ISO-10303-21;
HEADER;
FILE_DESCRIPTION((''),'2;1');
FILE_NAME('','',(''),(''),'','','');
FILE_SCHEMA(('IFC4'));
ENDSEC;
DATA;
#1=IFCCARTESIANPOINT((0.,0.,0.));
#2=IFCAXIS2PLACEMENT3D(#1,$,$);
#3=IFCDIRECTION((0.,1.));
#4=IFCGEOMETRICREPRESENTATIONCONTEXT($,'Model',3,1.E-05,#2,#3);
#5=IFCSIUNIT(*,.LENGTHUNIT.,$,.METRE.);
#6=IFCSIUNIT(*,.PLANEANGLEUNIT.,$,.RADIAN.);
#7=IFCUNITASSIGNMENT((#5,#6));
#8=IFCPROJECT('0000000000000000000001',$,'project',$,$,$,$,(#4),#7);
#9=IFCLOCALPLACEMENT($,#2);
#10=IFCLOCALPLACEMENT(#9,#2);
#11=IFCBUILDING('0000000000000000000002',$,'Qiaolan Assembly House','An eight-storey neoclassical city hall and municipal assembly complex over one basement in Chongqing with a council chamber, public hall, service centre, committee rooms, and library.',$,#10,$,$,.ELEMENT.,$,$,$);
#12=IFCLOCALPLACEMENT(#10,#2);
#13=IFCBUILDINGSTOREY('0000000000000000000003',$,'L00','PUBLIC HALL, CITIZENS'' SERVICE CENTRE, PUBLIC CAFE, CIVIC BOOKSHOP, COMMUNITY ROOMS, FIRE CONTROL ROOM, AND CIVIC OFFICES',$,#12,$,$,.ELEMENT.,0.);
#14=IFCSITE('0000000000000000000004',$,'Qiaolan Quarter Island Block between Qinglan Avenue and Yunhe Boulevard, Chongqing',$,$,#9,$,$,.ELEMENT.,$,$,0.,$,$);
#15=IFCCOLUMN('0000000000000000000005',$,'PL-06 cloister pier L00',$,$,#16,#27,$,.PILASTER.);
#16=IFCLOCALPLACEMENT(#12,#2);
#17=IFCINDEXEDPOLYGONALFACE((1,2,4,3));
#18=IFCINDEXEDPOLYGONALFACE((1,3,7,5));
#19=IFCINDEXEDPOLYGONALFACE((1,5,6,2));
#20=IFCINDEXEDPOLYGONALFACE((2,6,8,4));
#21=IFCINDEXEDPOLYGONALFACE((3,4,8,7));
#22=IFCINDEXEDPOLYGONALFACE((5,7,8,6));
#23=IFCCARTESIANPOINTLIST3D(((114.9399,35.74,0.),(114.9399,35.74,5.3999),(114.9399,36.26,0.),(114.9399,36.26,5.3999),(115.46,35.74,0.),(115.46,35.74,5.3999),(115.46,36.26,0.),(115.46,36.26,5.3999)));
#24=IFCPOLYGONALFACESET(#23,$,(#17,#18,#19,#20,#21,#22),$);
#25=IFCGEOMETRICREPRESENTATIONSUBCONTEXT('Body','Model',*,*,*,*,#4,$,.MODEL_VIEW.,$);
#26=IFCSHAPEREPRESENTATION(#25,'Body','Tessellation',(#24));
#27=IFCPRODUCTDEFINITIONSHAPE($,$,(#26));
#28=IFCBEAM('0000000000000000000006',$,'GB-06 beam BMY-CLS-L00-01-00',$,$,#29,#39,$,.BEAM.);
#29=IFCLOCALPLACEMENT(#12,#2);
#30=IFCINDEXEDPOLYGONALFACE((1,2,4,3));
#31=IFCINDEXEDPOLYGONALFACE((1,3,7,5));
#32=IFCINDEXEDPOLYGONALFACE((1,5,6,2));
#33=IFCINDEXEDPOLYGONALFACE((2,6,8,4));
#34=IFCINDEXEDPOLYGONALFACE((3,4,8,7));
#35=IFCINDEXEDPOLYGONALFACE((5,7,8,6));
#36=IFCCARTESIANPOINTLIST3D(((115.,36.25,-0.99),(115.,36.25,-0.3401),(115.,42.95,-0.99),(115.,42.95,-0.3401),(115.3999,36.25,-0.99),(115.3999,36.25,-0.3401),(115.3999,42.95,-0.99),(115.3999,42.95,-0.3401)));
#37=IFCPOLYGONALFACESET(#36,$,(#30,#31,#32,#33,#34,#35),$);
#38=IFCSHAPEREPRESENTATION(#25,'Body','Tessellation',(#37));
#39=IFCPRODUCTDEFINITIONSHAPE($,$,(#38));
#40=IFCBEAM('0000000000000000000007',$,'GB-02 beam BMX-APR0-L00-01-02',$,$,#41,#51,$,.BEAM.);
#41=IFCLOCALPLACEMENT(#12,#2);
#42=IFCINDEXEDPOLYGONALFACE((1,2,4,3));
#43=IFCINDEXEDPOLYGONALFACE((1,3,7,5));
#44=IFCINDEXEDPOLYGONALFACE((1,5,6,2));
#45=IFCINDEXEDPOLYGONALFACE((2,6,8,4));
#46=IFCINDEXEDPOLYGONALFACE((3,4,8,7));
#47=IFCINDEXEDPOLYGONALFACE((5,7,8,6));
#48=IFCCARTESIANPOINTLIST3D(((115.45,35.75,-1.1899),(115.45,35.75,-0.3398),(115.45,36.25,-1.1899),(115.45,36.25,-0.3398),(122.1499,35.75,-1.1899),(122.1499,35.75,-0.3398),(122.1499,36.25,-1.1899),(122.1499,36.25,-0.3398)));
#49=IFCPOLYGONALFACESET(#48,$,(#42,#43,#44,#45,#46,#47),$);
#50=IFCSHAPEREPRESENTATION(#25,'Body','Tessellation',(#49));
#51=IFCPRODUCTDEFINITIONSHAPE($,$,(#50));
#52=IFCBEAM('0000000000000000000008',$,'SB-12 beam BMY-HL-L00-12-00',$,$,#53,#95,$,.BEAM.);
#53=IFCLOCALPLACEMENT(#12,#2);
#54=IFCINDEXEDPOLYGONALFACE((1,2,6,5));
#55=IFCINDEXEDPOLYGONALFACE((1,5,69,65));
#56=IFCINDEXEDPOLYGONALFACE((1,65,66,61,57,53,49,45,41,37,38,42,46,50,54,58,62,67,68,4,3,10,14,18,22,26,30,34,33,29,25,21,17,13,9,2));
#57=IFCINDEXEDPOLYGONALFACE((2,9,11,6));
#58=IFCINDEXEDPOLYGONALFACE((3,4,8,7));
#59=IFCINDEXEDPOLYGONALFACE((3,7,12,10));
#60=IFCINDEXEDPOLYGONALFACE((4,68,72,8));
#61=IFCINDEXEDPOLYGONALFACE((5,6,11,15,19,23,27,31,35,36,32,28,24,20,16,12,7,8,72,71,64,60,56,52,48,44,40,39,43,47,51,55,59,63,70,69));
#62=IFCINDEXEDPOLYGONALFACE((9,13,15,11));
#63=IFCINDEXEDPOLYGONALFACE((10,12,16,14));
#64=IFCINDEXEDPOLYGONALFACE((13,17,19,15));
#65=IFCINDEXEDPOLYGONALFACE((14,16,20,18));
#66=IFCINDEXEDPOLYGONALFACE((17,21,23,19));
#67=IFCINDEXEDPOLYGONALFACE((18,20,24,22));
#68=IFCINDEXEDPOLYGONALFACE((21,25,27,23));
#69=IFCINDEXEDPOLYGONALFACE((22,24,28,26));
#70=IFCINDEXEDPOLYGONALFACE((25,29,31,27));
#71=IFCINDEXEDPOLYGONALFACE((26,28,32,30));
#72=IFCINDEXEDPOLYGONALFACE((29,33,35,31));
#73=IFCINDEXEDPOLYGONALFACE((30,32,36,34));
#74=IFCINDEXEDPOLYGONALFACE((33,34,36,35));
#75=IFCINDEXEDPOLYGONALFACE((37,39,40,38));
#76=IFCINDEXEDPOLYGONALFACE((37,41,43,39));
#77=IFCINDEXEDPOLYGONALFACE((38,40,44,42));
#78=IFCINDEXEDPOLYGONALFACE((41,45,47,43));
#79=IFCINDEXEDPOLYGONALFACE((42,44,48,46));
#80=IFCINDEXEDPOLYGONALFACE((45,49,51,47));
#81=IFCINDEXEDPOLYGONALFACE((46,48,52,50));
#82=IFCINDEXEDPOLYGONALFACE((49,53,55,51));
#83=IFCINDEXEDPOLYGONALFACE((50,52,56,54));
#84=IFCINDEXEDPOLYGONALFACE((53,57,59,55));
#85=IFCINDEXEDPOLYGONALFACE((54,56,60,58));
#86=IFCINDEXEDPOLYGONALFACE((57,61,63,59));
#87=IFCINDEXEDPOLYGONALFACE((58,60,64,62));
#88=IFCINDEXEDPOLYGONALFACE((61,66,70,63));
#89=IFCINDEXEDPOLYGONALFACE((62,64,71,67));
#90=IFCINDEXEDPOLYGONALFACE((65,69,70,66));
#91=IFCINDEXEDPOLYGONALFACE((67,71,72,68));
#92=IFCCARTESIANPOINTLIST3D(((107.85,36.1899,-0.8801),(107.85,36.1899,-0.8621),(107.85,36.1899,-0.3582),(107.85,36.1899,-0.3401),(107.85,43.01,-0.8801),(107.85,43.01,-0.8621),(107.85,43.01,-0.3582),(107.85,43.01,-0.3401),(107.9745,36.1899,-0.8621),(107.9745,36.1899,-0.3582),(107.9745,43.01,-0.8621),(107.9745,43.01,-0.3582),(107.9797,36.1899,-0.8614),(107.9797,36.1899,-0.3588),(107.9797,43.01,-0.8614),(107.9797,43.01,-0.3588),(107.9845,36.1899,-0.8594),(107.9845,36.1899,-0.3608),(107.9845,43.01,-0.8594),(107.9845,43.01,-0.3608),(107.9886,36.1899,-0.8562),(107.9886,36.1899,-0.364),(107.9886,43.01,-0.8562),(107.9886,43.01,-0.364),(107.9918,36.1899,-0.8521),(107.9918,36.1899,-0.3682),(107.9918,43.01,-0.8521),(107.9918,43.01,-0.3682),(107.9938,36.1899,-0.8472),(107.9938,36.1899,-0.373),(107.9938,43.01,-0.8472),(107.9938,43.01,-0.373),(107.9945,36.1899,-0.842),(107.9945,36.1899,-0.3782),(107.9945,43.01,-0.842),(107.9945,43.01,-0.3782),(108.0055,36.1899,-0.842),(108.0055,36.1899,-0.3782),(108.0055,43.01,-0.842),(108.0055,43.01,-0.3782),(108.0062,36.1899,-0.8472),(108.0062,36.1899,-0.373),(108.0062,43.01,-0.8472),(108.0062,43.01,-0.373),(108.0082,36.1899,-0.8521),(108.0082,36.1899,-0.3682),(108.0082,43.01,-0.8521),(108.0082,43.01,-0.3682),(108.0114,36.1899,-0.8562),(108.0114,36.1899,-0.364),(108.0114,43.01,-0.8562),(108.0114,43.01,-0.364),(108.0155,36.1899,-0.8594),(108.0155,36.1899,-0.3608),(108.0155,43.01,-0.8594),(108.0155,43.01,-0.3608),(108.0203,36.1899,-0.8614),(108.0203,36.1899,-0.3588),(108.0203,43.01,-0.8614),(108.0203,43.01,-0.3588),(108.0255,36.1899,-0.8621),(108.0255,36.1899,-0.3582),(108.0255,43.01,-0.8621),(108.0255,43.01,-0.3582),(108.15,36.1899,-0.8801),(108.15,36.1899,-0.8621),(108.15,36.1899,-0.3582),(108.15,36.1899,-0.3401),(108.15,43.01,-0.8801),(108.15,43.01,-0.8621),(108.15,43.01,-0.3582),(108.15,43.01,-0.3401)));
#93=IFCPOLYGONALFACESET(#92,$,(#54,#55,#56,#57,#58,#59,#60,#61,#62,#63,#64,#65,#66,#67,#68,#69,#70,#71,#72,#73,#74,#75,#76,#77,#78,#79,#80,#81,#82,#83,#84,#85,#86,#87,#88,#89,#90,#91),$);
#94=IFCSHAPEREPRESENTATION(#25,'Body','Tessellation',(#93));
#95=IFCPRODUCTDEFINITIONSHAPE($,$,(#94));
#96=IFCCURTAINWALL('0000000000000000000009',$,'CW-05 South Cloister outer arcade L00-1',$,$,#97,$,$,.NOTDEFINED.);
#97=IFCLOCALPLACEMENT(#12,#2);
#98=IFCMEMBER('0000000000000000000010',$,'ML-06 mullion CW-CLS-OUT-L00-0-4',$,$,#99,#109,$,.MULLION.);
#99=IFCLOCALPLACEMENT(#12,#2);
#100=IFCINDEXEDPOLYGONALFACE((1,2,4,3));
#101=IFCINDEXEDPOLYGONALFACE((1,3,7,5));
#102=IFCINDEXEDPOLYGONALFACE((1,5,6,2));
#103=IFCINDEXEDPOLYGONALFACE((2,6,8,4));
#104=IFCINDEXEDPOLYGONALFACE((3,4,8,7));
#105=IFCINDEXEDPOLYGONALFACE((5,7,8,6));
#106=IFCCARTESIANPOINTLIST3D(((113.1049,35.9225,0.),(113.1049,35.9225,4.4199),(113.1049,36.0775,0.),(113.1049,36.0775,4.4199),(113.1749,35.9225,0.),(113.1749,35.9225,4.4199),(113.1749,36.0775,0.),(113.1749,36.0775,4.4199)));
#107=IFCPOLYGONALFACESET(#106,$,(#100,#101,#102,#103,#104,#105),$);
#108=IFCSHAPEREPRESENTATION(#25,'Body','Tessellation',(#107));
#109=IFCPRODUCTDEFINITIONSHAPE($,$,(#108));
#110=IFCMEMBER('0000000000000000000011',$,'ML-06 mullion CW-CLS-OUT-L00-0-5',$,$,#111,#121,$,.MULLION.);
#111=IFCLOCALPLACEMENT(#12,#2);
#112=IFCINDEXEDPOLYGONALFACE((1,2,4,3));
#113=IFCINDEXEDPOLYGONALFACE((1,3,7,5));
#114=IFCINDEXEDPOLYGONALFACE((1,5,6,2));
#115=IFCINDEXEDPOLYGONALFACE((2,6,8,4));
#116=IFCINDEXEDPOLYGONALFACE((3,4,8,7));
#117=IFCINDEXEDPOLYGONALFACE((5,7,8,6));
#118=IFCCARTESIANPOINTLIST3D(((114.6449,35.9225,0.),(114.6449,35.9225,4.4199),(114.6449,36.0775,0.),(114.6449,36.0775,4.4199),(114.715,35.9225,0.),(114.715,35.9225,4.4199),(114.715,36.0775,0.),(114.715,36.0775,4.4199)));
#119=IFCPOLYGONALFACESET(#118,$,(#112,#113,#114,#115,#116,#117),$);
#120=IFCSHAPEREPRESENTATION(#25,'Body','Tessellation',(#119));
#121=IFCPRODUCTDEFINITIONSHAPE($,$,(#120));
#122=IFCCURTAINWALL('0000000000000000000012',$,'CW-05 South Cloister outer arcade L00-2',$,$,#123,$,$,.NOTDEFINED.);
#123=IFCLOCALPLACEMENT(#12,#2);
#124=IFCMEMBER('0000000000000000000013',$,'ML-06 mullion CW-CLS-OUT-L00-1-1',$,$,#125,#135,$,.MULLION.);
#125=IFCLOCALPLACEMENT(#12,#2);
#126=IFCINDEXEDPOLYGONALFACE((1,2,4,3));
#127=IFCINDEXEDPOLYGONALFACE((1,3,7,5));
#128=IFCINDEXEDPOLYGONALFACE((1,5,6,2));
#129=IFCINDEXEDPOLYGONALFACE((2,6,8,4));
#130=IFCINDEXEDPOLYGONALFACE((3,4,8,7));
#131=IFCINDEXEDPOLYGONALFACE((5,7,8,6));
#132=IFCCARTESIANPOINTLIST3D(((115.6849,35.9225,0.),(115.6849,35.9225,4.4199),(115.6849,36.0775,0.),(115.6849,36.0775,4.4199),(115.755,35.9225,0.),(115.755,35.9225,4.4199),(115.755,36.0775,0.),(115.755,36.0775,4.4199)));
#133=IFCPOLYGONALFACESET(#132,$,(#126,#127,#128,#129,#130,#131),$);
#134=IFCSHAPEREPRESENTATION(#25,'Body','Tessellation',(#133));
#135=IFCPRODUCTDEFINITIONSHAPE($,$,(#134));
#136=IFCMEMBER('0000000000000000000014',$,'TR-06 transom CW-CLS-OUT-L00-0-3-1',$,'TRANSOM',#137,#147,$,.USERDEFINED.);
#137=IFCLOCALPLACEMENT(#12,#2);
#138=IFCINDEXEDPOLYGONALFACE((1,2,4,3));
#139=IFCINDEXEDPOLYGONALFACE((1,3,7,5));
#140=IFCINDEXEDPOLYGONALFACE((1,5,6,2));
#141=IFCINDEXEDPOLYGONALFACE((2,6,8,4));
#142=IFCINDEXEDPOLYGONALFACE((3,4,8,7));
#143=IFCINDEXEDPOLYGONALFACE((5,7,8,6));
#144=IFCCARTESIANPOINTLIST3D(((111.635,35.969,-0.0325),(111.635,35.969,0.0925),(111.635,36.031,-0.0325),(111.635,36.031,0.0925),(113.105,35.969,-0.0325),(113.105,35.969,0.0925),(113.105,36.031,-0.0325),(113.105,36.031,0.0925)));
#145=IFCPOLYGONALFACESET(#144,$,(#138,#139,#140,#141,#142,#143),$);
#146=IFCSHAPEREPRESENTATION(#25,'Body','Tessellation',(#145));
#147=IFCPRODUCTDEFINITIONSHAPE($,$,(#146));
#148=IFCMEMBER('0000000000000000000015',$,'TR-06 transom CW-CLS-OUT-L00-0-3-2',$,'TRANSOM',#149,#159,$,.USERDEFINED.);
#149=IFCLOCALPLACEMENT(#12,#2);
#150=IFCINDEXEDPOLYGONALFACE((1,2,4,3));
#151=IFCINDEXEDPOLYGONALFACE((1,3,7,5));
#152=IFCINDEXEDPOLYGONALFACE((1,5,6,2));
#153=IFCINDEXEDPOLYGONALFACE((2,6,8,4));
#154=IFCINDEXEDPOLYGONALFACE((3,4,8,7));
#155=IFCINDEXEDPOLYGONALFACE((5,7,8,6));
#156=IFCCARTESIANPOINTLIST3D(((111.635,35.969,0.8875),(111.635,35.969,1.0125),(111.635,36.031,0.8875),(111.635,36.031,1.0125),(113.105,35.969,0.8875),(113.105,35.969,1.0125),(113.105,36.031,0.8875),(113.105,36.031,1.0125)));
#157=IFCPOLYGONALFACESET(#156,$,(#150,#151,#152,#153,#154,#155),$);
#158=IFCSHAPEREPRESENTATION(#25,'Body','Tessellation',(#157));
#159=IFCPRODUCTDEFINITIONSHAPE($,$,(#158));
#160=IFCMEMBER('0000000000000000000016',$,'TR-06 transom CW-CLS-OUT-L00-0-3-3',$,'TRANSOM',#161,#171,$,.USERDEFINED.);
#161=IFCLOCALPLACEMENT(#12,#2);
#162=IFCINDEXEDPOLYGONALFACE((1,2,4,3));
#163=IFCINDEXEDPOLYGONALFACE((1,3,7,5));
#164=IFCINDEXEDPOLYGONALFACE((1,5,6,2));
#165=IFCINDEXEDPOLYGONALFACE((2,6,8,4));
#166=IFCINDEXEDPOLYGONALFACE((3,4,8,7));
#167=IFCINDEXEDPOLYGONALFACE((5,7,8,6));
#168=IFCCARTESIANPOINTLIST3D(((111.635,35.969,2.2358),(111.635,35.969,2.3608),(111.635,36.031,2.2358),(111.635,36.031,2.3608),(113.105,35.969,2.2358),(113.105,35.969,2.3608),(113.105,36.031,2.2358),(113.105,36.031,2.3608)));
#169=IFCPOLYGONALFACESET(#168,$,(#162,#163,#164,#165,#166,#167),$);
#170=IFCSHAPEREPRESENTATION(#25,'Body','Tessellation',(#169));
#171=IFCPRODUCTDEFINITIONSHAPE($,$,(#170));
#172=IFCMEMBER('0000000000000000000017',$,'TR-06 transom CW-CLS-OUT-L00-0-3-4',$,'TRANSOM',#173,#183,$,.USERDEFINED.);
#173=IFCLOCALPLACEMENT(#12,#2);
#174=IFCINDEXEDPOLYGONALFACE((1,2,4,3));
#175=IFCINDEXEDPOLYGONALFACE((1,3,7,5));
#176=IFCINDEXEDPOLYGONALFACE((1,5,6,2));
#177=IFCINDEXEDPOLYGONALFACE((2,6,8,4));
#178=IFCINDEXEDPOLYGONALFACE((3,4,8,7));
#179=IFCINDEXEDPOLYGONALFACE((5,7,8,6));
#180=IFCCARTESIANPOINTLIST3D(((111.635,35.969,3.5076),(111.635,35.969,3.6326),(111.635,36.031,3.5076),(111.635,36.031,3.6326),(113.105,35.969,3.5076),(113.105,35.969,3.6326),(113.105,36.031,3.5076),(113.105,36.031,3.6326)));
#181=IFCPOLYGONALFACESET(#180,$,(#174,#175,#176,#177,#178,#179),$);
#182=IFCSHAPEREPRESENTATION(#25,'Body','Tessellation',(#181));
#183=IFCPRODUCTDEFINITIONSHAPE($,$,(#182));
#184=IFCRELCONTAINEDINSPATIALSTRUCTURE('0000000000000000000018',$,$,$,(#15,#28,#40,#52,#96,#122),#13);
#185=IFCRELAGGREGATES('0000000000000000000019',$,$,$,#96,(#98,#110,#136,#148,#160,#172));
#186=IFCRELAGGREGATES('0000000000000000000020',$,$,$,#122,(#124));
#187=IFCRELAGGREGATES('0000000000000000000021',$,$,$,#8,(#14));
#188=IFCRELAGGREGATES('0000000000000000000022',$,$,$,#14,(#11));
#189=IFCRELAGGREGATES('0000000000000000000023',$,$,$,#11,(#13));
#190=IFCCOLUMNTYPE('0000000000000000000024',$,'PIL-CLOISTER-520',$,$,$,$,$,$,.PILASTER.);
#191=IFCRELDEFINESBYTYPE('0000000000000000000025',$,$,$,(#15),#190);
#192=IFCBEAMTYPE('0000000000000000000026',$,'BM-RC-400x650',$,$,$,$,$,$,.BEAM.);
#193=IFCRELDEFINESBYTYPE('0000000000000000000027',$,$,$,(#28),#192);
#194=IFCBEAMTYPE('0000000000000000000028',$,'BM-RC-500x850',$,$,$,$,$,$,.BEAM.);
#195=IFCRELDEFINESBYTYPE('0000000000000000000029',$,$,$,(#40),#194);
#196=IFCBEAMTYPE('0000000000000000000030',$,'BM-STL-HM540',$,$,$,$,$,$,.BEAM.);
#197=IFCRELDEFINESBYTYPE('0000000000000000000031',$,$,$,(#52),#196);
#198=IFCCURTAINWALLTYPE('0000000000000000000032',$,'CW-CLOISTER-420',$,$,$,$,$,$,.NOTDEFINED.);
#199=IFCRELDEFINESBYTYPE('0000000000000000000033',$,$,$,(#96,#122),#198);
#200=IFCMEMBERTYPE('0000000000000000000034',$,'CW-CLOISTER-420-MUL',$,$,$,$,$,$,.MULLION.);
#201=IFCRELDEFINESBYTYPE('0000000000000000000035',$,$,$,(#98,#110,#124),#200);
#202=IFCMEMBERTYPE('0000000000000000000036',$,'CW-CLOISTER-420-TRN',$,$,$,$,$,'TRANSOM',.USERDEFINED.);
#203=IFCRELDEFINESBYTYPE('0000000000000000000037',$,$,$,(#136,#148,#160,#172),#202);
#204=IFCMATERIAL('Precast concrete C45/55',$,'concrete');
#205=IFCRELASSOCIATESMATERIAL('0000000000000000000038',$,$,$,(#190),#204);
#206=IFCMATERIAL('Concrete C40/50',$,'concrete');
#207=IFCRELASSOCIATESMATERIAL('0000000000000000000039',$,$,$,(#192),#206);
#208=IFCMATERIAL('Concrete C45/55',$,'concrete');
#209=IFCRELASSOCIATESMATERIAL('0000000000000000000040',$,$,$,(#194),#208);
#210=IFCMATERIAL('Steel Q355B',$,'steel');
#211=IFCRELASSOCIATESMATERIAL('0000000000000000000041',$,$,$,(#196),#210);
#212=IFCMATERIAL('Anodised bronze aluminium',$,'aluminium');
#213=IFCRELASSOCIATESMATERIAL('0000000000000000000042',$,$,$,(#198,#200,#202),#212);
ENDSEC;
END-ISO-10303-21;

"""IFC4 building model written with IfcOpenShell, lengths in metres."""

from ifc_helpers import new_model, si_unit, direction, frame, origin, origin_2d, place, context, subcontext, project, spatial, rectangle, i_section, extrude, material, material_profile, profile_set, type_object, element, aggregate, save


model = new_model("IFC4")

# Units and contexts
model_context = context("Model", 3, precision=1e-05, world=origin(), true_north=direction((0.0, 1.0)))
body_context = subcontext(model_context, "Body", "Model", "MODEL_VIEW")
ifc_project = project(units=[si_unit("LENGTHUNIT", "METRE"), si_unit("PLANEANGLEUNIT", "RADIAN")], contexts=[model_context])

# Site, building, storey
site_placement = place(None, origin())
site = spatial("IfcSite", under=ifc_project, at=site_placement, Name="Qiaolan Quarter Island Block between Qinglan Avenue and Yunhe Boulevard, Chongqing", CompositionType="ELEMENT", RefElevation=0.0)
building_placement = place(site_placement, origin())
building = spatial("IfcBuilding", under=site, at=building_placement, Name="Qiaolan Assembly House", Description="An eight-storey neoclassical city hall and municipal assembly complex over one basement in Chongqing with a council chamber, public hall, service centre, committee rooms, and library.", CompositionType="ELEMENT")
storey_placement = place(building_placement, origin())
storey = spatial("IfcBuildingStorey", under=building, at=storey_placement, Name="L00", Description="PUBLIC HALL, CITIZENS' SERVICE CENTRE, PUBLIC CAFE, CIVIC BOOKSHOP, COMMUNITY ROOMS, FIRE CONTROL ROOM, AND CIVIC OFFICES", CompositionType="ELEMENT", Elevation=0.0)

# Column
ifc_material_1 = material(Name="Precast concrete C45/55", Category="concrete")
ifc_material_profile_1 = material_profile(ifc_material_1, rectangle(XDim=0.52, YDim=0.52, at=origin_2d()), Name="PIL 520x520")
ifc_profile_set_1 = profile_set([ifc_material_profile_1], Name="Precast concrete C45/55")
column_type = type_object("IfcColumnType", Name="PIL-CLOISTER-520", PredefinedType="PILASTER", material=ifc_profile_set_1)
column_placement = place(storey_placement, frame((115.2, 36.0, 0.0), z_axis=(0.0, 0.0, 1.0), x_axis=(1.0, 0.0, 0.0)))
element("IfcColumn", 1, at=column_placement, inside=storey, type_object=column_type, Name="PL-06 cloister pier L00", PredefinedType="PILASTER", context=body_context, shape_type="SweptSolid", body=[
    extrude(rectangle(XDim=0.52, YDim=0.52, at=origin_2d()), origin(), (0.0, 0.0, 1.0), 5.3999),
])

# Beams
ifc_material_2 = material(Name="Concrete C40/50", Category="concrete")
ifc_material_profile_2 = material_profile(ifc_material_2, rectangle(XDim=0.3999, YDim=0.6499, at=origin_2d()), Name="RCB 400x650")
ifc_profile_set_2 = profile_set([ifc_material_profile_2], Name="Concrete C40/50")
beam_type_1 = type_object("IfcBeamType", Name="BM-RC-400x650", PredefinedType="BEAM", material=ifc_profile_set_2)
beam_1_placement = place(storey_placement, frame((115.2, 36.25, -0.665), z_axis=(0.0, 1.0, 0.0), x_axis=(-1.0, 0.0, 0.0)))
element("IfcBeam", 2, at=beam_1_placement, inside=storey, type_object=beam_type_1, Name="GB-06 beam BMY-CLS-L00-01-00", PredefinedType="BEAM", context=body_context, shape_type="SweptSolid", body=[
    extrude(rectangle(XDim=0.3999, YDim=0.6499, at=origin_2d()), origin(), (0.0, 0.0, 1.0), 6.7),
])
ifc_material_3 = material(Name="Concrete C45/55", Category="concrete")
ifc_material_profile_3 = material_profile(ifc_material_3, rectangle(XDim=0.5, YDim=0.8501, at=origin_2d()), Name="RCB 500x850")
ifc_profile_set_3 = profile_set([ifc_material_profile_3], Name="Concrete C45/55")
beam_type_2 = type_object("IfcBeamType", Name="BM-RC-500x850", PredefinedType="BEAM", material=ifc_profile_set_3)
beam_2_placement = place(storey_placement, frame((115.45, 36.0, -0.7649), z_axis=(1.0, 0.0, 0.0), x_axis=(0.0, 1.0, 0.0)))
element("IfcBeam", 3, at=beam_2_placement, inside=storey, type_object=beam_type_2, Name="GB-02 beam BMX-APR0-L00-01-02", PredefinedType="BEAM", context=body_context, shape_type="SweptSolid", body=[
    extrude(rectangle(XDim=0.5, YDim=0.8501, at=origin_2d()), origin(), (0.0, 0.0, 1.0), 6.7),
])
ifc_material_4 = material(Name="Steel Q355B", Category="steel")
ifc_material_profile_4 = material_profile(ifc_material_4, i_section(OverallWidth=0.3, OverallDepth=0.54, WebThickness=0.011, FlangeThickness=0.0181, FilletRadius=0.02, at=origin_2d()), Name="HM 540x300x11x18")
ifc_profile_set_4 = profile_set([ifc_material_profile_4], Name="Steel Q355B")
beam_type_3 = type_object("IfcBeamType", Name="BM-STL-HM540", PredefinedType="BEAM", material=ifc_profile_set_4)
beam_3_placement = place(storey_placement, frame((108.0, 36.1899, -0.6101), z_axis=(0.0, 1.0, 0.0), x_axis=(-1.0, 0.0, 0.0)))
element("IfcBeam", 4, at=beam_3_placement, inside=storey, type_object=beam_type_3, Name="SB-12 beam BMY-HL-L00-12-00", PredefinedType="BEAM", context=body_context, shape_type="SweptSolid", body=[
    extrude(i_section(OverallWidth=0.3, OverallDepth=0.54, WebThickness=0.011, FlangeThickness=0.0181, FilletRadius=0.02, at=origin_2d()), origin(), (0.0, 0.0, 1.0), 6.8201),
])

# Curtain wall, members
ifc_material_5 = material(Name="Anodised bronze aluminium", Category="aluminium")
curtain_wall_type = type_object("IfcCurtainWallType", Name="CW-CLOISTER-420", PredefinedType="NOTDEFINED", material=ifc_material_5)
curtain_wall_1_placement = place(storey_placement, origin())
curtain_wall_1 = element("IfcCurtainWall", 5, at=curtain_wall_1_placement, inside=storey, type_object=curtain_wall_type, Name="CW-05 South Cloister outer arcade L00-1", PredefinedType="NOTDEFINED")
ifc_material_profile_5 = material_profile(ifc_material_5, rectangle(XDim=0.0701, YDim=0.155, at=origin_2d()), Name="MUL 70x155")
ifc_profile_set_5 = profile_set([ifc_material_profile_5], Name="Anodised bronze aluminium")
member_type_1 = type_object("IfcMemberType", Name="CW-CLOISTER-420-MUL", PredefinedType="MULLION", material=ifc_profile_set_5)
member_1_placement = place(storey_placement, frame((113.1399, 36.0, 0.0), z_axis=(0.0, 0.0, 1.0), x_axis=(1.0, 0.0, 0.0)))
member_1 = element("IfcMember", 6, at=member_1_placement, type_object=member_type_1, Name="ML-06 mullion CW-CLS-OUT-L00-0-4", PredefinedType="MULLION", context=body_context, shape_type="SweptSolid", body=[
    extrude(rectangle(XDim=0.0701, YDim=0.155, at=origin_2d()), origin(), (0.0, 0.0, 1.0), 4.4199),
])
member_2_placement = place(storey_placement, frame((114.6799, 36.0, 0.0), z_axis=(0.0, 0.0, 1.0), x_axis=(1.0, 0.0, 0.0)))
member_2 = element("IfcMember", 7, at=member_2_placement, type_object=member_type_1, Name="ML-06 mullion CW-CLS-OUT-L00-0-5", PredefinedType="MULLION", context=body_context, shape_type="SweptSolid", body=[
    extrude(rectangle(XDim=0.0701, YDim=0.155, at=origin_2d()), origin(), (0.0, 0.0, 1.0), 4.4199),
])

# Curtain wall, member
curtain_wall_2_placement = place(storey_placement, origin())
curtain_wall_2 = element("IfcCurtainWall", 8, at=curtain_wall_2_placement, inside=storey, type_object=curtain_wall_type, Name="CW-05 South Cloister outer arcade L00-2", PredefinedType="NOTDEFINED")
member_3_placement = place(storey_placement, frame((115.72, 36.0, 0.0), z_axis=(0.0, 0.0, 1.0), x_axis=(1.0, 0.0, 0.0)))
member_3 = element("IfcMember", 9, at=member_3_placement, type_object=member_type_1, Name="ML-06 mullion CW-CLS-OUT-L00-1-1", PredefinedType="MULLION", context=body_context, shape_type="SweptSolid", body=[
    extrude(rectangle(XDim=0.0701, YDim=0.155, at=origin_2d()), origin(), (0.0, 0.0, 1.0), 4.4199),
])

# Members
ifc_material_profile_6 = material_profile(ifc_material_5, rectangle(XDim=0.062, YDim=0.125, at=origin_2d()), Name="TRN 62x125")
ifc_profile_set_6 = profile_set([ifc_material_profile_6], Name="Anodised bronze aluminium")
member_type_2 = type_object("IfcMemberType", Name="CW-CLOISTER-420-TRN", ElementType="TRANSOM", PredefinedType="USERDEFINED", material=ifc_profile_set_6)
member_4_placement = place(storey_placement, frame((111.635, 36.0, 0.03), z_axis=(1.0, 0.0, 0.0), x_axis=(0.0, 1.0, 0.0)))
member_4 = element("IfcMember", 10, at=member_4_placement, type_object=member_type_2, Name="TR-06 transom CW-CLS-OUT-L00-0-3-1", ObjectType="TRANSOM", PredefinedType="USERDEFINED", context=body_context, shape_type="SweptSolid", body=[
    extrude(rectangle(XDim=0.062, YDim=0.125, at=origin_2d()), origin(), (0.0, 0.0, 1.0), 1.47),
])
member_5_placement = place(storey_placement, frame((111.635, 36.0, 0.95), z_axis=(1.0, 0.0, 0.0), x_axis=(0.0, 1.0, 0.0)))
member_5 = element("IfcMember", 11, at=member_5_placement, type_object=member_type_2, Name="TR-06 transom CW-CLS-OUT-L00-0-3-2", ObjectType="TRANSOM", PredefinedType="USERDEFINED", context=body_context, shape_type="SweptSolid", body=[
    extrude(rectangle(XDim=0.062, YDim=0.125, at=origin_2d()), origin(), (0.0, 0.0, 1.0), 1.47),
])
member_6_placement = place(storey_placement, frame((111.635, 36.0, 2.2983), z_axis=(1.0, 0.0, 0.0), x_axis=(0.0, 1.0, 0.0)))
member_6 = element("IfcMember", 12, at=member_6_placement, type_object=member_type_2, Name="TR-06 transom CW-CLS-OUT-L00-0-3-3", ObjectType="TRANSOM", PredefinedType="USERDEFINED", context=body_context, shape_type="SweptSolid", body=[
    extrude(rectangle(XDim=0.062, YDim=0.125, at=origin_2d()), origin(), (0.0, 0.0, 1.0), 1.47),
])
member_7_placement = place(storey_placement, frame((111.635, 36.0, 3.5701), z_axis=(1.0, 0.0, 0.0), x_axis=(0.0, 1.0, 0.0)))
member_7 = element("IfcMember", 13, at=member_7_placement, type_object=member_type_2, Name="TR-06 transom CW-CLS-OUT-L00-0-3-4", ObjectType="TRANSOM", PredefinedType="USERDEFINED", context=body_context, shape_type="SweptSolid", body=[
    extrude(rectangle(XDim=0.062, YDim=0.125, at=origin_2d()), origin(), (0.0, 0.0, 1.0), 1.47),
])

aggregate(curtain_wall_1, [member_1, member_2, member_4, member_5, member_6, member_7])
aggregate(curtain_wall_2, [member_3])

save(model, "model.ifc")
